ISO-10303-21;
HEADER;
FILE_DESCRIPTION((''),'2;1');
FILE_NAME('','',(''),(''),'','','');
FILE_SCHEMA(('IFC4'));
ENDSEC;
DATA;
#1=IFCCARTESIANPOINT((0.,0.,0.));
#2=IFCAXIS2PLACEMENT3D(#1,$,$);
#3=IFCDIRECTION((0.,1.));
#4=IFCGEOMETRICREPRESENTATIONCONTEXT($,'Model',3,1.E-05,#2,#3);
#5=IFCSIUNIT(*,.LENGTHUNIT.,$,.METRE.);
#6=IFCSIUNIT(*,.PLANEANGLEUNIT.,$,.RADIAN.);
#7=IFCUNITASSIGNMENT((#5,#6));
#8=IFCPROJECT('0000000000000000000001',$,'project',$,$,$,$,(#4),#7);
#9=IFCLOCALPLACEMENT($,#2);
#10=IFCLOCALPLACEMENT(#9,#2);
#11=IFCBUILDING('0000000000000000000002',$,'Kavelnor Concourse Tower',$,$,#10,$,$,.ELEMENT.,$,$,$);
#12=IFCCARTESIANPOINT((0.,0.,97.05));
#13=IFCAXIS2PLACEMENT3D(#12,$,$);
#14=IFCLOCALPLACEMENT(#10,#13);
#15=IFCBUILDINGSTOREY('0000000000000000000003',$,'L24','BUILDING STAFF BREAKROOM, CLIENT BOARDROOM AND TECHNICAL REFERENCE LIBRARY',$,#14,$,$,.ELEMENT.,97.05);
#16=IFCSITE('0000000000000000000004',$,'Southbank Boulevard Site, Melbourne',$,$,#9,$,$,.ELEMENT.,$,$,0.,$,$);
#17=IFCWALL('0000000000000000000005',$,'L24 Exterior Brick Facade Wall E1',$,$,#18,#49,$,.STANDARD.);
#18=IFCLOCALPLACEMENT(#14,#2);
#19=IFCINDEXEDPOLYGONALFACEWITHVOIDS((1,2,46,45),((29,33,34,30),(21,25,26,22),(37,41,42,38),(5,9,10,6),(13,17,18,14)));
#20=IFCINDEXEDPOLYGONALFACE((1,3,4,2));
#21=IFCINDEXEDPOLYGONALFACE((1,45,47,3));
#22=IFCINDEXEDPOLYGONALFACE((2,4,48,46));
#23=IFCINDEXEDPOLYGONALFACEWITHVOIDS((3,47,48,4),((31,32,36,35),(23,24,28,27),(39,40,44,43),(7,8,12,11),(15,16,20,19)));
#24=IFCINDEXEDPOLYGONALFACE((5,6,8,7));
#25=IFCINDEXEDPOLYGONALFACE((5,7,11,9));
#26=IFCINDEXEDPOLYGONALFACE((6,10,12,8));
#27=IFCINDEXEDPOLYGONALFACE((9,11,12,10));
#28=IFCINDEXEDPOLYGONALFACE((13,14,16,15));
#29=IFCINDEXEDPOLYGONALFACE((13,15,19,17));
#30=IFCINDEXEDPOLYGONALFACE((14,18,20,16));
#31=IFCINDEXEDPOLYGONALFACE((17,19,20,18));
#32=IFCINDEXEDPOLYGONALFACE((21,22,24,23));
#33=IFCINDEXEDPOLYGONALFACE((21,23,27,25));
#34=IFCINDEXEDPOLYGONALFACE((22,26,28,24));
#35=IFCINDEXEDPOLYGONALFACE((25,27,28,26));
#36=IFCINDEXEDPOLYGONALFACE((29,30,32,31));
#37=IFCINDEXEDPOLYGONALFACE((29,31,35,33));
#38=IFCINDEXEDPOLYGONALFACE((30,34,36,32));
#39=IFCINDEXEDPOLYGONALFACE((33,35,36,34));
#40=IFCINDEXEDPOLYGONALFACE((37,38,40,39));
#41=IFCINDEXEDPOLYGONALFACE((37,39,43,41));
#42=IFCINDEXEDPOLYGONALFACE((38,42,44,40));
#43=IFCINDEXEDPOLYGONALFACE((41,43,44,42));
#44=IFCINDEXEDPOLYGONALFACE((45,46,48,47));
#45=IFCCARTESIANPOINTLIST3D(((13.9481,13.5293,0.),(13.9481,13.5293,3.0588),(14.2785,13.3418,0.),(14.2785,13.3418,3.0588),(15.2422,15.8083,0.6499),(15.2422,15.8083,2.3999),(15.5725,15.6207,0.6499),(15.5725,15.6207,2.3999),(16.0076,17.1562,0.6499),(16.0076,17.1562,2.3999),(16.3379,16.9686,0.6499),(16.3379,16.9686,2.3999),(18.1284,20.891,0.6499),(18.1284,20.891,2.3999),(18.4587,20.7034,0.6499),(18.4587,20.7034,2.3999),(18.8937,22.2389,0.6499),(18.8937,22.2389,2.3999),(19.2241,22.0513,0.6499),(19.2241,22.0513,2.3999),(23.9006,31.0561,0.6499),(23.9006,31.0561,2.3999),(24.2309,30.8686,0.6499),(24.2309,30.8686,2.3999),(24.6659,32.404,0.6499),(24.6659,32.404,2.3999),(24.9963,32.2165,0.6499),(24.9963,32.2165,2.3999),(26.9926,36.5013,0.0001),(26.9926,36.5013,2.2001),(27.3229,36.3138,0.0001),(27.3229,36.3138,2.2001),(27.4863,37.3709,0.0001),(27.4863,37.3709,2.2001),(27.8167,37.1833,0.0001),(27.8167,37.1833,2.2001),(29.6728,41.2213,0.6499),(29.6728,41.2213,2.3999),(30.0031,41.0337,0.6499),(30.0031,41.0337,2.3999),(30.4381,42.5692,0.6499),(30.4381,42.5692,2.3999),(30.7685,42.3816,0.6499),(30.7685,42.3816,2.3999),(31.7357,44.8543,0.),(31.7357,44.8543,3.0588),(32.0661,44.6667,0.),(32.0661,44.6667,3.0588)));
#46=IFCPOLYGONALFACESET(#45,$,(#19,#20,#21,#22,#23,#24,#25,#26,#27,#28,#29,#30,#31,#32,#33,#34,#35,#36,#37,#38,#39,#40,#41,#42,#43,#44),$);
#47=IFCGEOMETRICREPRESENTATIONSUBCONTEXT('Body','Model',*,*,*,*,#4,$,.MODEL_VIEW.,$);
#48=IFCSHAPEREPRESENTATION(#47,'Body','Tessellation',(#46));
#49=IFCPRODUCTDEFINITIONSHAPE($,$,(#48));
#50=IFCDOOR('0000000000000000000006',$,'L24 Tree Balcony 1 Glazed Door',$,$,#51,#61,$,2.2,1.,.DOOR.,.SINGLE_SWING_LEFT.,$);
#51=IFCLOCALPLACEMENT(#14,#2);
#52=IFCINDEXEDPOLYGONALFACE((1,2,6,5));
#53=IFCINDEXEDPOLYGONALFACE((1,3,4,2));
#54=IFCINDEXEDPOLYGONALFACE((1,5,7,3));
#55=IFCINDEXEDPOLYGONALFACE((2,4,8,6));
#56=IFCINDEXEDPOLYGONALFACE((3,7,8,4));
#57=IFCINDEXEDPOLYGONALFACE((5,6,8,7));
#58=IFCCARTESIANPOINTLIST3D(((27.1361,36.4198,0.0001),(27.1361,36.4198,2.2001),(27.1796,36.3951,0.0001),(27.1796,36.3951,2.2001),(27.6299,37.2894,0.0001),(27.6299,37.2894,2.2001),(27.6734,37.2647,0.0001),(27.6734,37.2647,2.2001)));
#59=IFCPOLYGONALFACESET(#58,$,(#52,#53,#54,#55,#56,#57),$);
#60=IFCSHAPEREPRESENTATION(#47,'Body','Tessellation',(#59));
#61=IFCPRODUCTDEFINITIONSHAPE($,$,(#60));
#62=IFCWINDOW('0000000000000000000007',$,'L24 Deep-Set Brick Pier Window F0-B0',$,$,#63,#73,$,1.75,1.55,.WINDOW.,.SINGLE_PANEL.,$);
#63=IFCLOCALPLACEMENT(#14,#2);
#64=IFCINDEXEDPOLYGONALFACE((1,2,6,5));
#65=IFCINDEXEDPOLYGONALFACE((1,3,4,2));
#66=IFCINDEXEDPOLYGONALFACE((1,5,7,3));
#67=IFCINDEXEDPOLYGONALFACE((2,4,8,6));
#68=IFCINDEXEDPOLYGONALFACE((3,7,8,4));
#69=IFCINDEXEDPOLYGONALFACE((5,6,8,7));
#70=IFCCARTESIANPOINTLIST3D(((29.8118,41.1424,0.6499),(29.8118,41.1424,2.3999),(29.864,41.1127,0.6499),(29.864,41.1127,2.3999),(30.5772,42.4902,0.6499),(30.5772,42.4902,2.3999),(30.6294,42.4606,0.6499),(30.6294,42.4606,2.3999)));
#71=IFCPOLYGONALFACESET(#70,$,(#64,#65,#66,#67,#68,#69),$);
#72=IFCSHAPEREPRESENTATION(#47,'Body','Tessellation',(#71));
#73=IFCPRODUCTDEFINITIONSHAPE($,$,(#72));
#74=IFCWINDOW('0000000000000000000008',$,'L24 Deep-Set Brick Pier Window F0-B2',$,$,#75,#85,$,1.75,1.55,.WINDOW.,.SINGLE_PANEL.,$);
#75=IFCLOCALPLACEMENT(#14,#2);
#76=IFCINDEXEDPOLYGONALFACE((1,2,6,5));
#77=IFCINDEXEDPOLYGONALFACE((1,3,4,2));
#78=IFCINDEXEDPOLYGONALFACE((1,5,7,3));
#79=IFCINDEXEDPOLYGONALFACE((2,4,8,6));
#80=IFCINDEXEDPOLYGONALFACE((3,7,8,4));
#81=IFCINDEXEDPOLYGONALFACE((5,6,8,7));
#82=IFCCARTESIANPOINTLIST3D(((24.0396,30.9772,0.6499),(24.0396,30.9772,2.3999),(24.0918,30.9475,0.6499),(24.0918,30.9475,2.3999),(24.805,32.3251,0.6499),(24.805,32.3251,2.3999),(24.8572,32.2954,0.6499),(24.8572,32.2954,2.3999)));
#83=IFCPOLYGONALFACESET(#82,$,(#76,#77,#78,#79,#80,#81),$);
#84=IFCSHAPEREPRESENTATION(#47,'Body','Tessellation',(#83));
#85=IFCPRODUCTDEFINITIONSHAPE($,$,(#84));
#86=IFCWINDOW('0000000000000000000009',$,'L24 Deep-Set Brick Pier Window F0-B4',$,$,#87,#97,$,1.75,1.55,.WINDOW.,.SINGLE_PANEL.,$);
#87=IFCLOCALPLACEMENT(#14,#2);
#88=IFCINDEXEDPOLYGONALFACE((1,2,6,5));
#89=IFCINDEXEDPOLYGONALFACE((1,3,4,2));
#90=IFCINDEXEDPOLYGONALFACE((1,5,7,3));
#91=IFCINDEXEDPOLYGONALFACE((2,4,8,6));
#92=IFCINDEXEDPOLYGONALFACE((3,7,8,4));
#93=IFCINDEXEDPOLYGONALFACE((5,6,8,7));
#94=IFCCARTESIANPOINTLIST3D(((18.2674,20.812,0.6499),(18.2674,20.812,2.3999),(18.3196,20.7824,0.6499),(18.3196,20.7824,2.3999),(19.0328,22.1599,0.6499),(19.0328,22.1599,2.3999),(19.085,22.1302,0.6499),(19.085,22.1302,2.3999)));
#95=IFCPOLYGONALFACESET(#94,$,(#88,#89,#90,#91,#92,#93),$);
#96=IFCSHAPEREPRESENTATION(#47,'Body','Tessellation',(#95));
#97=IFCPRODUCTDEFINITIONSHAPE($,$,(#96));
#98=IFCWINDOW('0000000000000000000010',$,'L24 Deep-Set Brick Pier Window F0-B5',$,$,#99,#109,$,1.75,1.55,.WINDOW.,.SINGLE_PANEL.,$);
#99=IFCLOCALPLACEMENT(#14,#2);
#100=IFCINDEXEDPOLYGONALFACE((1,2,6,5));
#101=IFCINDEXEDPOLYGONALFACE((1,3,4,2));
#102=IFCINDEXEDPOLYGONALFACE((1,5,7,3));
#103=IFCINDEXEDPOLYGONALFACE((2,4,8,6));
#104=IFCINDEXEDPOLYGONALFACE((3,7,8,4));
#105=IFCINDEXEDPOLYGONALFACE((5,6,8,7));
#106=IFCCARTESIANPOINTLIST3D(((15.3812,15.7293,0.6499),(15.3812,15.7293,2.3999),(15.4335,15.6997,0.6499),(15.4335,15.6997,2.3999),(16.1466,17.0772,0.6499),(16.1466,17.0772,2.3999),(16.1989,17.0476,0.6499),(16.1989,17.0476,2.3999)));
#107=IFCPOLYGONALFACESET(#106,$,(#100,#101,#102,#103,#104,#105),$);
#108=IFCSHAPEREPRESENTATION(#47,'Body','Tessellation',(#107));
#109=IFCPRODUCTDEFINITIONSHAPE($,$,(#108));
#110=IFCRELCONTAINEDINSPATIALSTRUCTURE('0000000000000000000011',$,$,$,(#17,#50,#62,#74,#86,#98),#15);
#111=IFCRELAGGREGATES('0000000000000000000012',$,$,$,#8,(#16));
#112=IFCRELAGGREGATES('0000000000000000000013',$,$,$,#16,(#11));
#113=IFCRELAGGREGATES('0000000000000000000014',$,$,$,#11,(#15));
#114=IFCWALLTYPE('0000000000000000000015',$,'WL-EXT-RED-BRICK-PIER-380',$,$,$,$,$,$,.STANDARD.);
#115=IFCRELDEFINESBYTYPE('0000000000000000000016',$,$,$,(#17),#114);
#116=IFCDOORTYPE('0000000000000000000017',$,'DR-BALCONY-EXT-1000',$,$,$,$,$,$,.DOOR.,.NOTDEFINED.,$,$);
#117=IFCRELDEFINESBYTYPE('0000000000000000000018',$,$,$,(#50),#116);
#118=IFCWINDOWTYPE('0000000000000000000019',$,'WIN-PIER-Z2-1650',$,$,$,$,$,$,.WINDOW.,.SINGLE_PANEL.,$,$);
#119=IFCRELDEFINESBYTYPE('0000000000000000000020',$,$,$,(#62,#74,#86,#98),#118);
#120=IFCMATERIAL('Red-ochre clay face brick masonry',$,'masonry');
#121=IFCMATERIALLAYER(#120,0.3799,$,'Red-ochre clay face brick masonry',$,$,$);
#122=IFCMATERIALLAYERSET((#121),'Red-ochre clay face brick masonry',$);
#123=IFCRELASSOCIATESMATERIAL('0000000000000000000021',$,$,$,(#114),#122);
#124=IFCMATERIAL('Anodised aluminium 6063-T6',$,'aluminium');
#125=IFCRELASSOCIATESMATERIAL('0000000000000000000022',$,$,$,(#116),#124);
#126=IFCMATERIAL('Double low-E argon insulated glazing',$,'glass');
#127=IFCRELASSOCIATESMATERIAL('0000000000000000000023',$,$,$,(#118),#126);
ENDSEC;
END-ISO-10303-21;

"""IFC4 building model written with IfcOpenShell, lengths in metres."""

from ifc_helpers import new_model, si_unit, direction, frame, frame_2d, origin, place, context, subcontext, project, spatial, rectangle, extrude, material, layer, layer_set, type_object, element, fill, save


model = new_model("IFC4")

# Units and contexts
model_context = context("Model", 3, precision=1e-05, world=origin(), true_north=direction((0.0, 1.0)))
body_context = subcontext(model_context, "Body", "Model", "MODEL_VIEW")
ifc_project = project(units=[si_unit("LENGTHUNIT", "METRE"), si_unit("PLANEANGLEUNIT", "RADIAN")], contexts=[model_context])

# Site, building, storey
site_placement = place(None, origin())
site = spatial("IfcSite", under=ifc_project, at=site_placement, Name="Southbank Boulevard Site, Melbourne", CompositionType="ELEMENT", RefElevation=0.0)
building_placement = place(site_placement, origin())
building = spatial("IfcBuilding", under=site, at=building_placement, Name="Kavelnor Concourse Tower", CompositionType="ELEMENT")
storey_placement = place(building_placement, frame((0.0, 0.0, 97.05)))
storey = spatial("IfcBuildingStorey", under=building, at=storey_placement, Name="L24", Description="BUILDING STAFF BREAKROOM, CLIENT BOARDROOM AND TECHNICAL REFERENCE LIBRARY", CompositionType="ELEMENT", Elevation=97.05)

# Shared definitions
ifc_material_1 = material(Name="Double low-E argon insulated glazing", Category="glass")

# Wall, openings, door, windows
ifc_material_2 = material(Name="Red-ochre clay face brick masonry", Category="masonry")
ifc_layer_1 = layer(ifc_material_2, 0.3799, Name="Red-ochre clay face brick masonry")
ifc_layer_set_1 = layer_set([ifc_layer_1], Name="Red-ochre clay face brick masonry")
wall_type_1 = type_object("IfcWallType", Name="WL-EXT-RED-BRICK-PIER-380", PredefinedType="STANDARD", material=ifc_layer_set_1)
wall_1_placement = place(storey_placement, frame((14.1133, 13.4355, 0.0), z_axis=(0.0, 0.0, 1.0), x_axis=(0.493785, 0.869584, 0.0)))
wall_1 = element("IfcWall", 1, at=wall_1_placement, inside=storey, type_object=wall_type_1, Name="L24 Exterior Brick Facade Wall E1", PredefinedType="STANDARD", context=body_context, shape_type="SweptSolid", body=[
    extrude(rectangle(XDim=36.0229, YDim=0.3799, at=frame_2d((18.0115, 0.0))), origin(), (0.0, 0.0, 1.0), 3.0588),
])
opening_1_placement = place(wall_1_placement, frame((26.4172, 0.0, 0.0)))
opening_1 = element("IfcOpeningElement", 2, at=opening_1_placement, cuts=wall_1, PredefinedType="OPENING", context=body_context, shape_type="SweptSolid", body=[
    extrude(rectangle(XDim=1.0, YDim=2.2, at=frame_2d((0.5, 1.1001))), frame((0.0, 0.2, 0.0), z_axis=(0.0, -1.0, 0.0), x_axis=(1.0, 0.0, 0.0)), (0.0, 0.0, 1.0), 0.3999),
])
opening_2_placement = place(wall_1_placement, frame((31.8452, 0.0, 0.6499)))
opening_2 = element("IfcOpeningElement", 3, at=opening_2_placement, cuts=wall_1, PredefinedType="OPENING", context=body_context, shape_type="SweptSolid", body=[
    extrude(rectangle(XDim=1.55, YDim=1.75, at=frame_2d((0.7749, 0.875))), frame((0.0, 0.2, 0.0), z_axis=(0.0, -1.0, 0.0), x_axis=(1.0, 0.0, 0.0)), (0.0, 0.0, 1.0), 0.3999),
])
opening_3_placement = place(wall_1_placement, frame((20.1555, 0.0, 0.6499)))
opening_3 = element("IfcOpeningElement", 4, at=opening_3_placement, cuts=wall_1, PredefinedType="OPENING", context=body_context, shape_type="SweptSolid", body=[
    extrude(rectangle(XDim=1.55, YDim=1.75, at=frame_2d((0.7749, 0.875))), frame((0.0, 0.2, 0.0), z_axis=(0.0, -1.0, 0.0), x_axis=(1.0, 0.0, 0.0)), (0.0, 0.0, 1.0), 0.3999),
])
opening_4_placement = place(wall_1_placement, frame((8.4658, 0.0, 0.6499)))
opening_4 = element("IfcOpeningElement", 5, at=opening_4_placement, cuts=wall_1, PredefinedType="OPENING", context=body_context, shape_type="SweptSolid", body=[
    extrude(rectangle(XDim=1.55, YDim=1.75, at=frame_2d((0.7749, 0.875))), frame((0.0, 0.2, 0.0), z_axis=(0.0, -1.0, 0.0), x_axis=(1.0, 0.0, 0.0)), (0.0, 0.0, 1.0), 0.3999),
])
opening_5_placement = place(wall_1_placement, frame((2.6208, 0.0, 0.6499)))
opening_5 = element("IfcOpeningElement", 6, at=opening_5_placement, cuts=wall_1, PredefinedType="OPENING", context=body_context, shape_type="SweptSolid", body=[
    extrude(rectangle(XDim=1.55, YDim=1.75, at=frame_2d((0.7749, 0.875))), frame((0.0, 0.2, 0.0), z_axis=(0.0, -1.0, 0.0), x_axis=(1.0, 0.0, 0.0)), (0.0, 0.0, 1.0), 0.3999),
])
ifc_material_3 = material(Name="Anodised aluminium 6063-T6", Category="aluminium")
door_type_1 = type_object("IfcDoorType", Name="DR-BALCONY-EXT-1000", OperationType="NOTDEFINED", PredefinedType="DOOR", material=ifc_material_3)
door_1_placement = place(opening_1_placement, origin())
door_1 = element("IfcDoor", 7, at=door_1_placement, inside=storey, type_object=door_type_1, Name="L24 Tree Balcony 1 Glazed Door", OperationType="SINGLE_SWING_LEFT", OverallHeight=2.2, OverallWidth=1.0, PredefinedType="DOOR", context=body_context, shape_type="SweptSolid", body=[
    extrude(rectangle(XDim=1.0, YDim=2.2, at=frame_2d((0.5, 1.1001))), frame((0.0, 0.0249, 0.0), z_axis=(0.0, -1.0, 0.0), x_axis=(1.0, 0.0, 0.0)), (0.0, 0.0, 1.0), 0.05),
])
fill(opening_1, door_1)
window_type_1 = type_object("IfcWindowType", Name="WIN-PIER-Z2-1650", PartitioningType="SINGLE_PANEL", PredefinedType="WINDOW", material=ifc_material_1)
window_1_placement = place(opening_2_placement, origin())
window_1 = element("IfcWindow", 8, at=window_1_placement, inside=storey, type_object=window_type_1, Name="L24 Deep-Set Brick Pier Window F0-B0", OverallHeight=1.75, OverallWidth=1.55, PartitioningType="SINGLE_PANEL", PredefinedType="WINDOW", context=body_context, shape_type="SweptSolid", body=[
    extrude(rectangle(XDim=1.55, YDim=1.75, at=frame_2d((0.7749, 0.875))), frame((0.0, 0.03, 0.0), z_axis=(0.0, -1.0, 0.0), x_axis=(1.0, 0.0, 0.0)), (0.0, 0.0, 1.0), 0.0601),
])
fill(opening_2, window_1)
window_2_placement = place(opening_3_placement, origin())
window_2 = element("IfcWindow", 9, at=window_2_placement, inside=storey, type_object=window_type_1, Name="L24 Deep-Set Brick Pier Window F0-B2", OverallHeight=1.75, OverallWidth=1.55, PartitioningType="SINGLE_PANEL", PredefinedType="WINDOW", context=body_context, shape_type="SweptSolid", body=[
    extrude(rectangle(XDim=1.55, YDim=1.75, at=frame_2d((0.7749, 0.875))), frame((0.0, 0.03, 0.0), z_axis=(0.0, -1.0, 0.0), x_axis=(1.0, 0.0, 0.0)), (0.0, 0.0, 1.0), 0.0601),
])
fill(opening_3, window_2)
window_3_placement = place(opening_4_placement, origin())
window_3 = element("IfcWindow", 10, at=window_3_placement, inside=storey, type_object=window_type_1, Name="L24 Deep-Set Brick Pier Window F0-B4", OverallHeight=1.75, OverallWidth=1.55, PartitioningType="SINGLE_PANEL", PredefinedType="WINDOW", context=body_context, shape_type="SweptSolid", body=[
    extrude(rectangle(XDim=1.55, YDim=1.75, at=frame_2d((0.7749, 0.875))), frame((0.0, 0.03, 0.0), z_axis=(0.0, -1.0, 0.0), x_axis=(1.0, 0.0, 0.0)), (0.0, 0.0, 1.0), 0.0601),
])
fill(opening_4, window_3)
window_4_placement = place(opening_5_placement, origin())
window_4 = element("IfcWindow", 11, at=window_4_placement, inside=storey, type_object=window_type_1, Name="L24 Deep-Set Brick Pier Window F0-B5", OverallHeight=1.75, OverallWidth=1.55, PartitioningType="SINGLE_PANEL", PredefinedType="WINDOW", context=body_context, shape_type="SweptSolid", body=[
    extrude(rectangle(XDim=1.55, YDim=1.75, at=frame_2d((0.7749, 0.875))), frame((0.0, 0.03, 0.0), z_axis=(0.0, -1.0, 0.0), x_axis=(1.0, 0.0, 0.0)), (0.0, 0.0, 1.0), 0.0601),
])
fill(opening_5, window_4)

save(model, "model.ifc")
